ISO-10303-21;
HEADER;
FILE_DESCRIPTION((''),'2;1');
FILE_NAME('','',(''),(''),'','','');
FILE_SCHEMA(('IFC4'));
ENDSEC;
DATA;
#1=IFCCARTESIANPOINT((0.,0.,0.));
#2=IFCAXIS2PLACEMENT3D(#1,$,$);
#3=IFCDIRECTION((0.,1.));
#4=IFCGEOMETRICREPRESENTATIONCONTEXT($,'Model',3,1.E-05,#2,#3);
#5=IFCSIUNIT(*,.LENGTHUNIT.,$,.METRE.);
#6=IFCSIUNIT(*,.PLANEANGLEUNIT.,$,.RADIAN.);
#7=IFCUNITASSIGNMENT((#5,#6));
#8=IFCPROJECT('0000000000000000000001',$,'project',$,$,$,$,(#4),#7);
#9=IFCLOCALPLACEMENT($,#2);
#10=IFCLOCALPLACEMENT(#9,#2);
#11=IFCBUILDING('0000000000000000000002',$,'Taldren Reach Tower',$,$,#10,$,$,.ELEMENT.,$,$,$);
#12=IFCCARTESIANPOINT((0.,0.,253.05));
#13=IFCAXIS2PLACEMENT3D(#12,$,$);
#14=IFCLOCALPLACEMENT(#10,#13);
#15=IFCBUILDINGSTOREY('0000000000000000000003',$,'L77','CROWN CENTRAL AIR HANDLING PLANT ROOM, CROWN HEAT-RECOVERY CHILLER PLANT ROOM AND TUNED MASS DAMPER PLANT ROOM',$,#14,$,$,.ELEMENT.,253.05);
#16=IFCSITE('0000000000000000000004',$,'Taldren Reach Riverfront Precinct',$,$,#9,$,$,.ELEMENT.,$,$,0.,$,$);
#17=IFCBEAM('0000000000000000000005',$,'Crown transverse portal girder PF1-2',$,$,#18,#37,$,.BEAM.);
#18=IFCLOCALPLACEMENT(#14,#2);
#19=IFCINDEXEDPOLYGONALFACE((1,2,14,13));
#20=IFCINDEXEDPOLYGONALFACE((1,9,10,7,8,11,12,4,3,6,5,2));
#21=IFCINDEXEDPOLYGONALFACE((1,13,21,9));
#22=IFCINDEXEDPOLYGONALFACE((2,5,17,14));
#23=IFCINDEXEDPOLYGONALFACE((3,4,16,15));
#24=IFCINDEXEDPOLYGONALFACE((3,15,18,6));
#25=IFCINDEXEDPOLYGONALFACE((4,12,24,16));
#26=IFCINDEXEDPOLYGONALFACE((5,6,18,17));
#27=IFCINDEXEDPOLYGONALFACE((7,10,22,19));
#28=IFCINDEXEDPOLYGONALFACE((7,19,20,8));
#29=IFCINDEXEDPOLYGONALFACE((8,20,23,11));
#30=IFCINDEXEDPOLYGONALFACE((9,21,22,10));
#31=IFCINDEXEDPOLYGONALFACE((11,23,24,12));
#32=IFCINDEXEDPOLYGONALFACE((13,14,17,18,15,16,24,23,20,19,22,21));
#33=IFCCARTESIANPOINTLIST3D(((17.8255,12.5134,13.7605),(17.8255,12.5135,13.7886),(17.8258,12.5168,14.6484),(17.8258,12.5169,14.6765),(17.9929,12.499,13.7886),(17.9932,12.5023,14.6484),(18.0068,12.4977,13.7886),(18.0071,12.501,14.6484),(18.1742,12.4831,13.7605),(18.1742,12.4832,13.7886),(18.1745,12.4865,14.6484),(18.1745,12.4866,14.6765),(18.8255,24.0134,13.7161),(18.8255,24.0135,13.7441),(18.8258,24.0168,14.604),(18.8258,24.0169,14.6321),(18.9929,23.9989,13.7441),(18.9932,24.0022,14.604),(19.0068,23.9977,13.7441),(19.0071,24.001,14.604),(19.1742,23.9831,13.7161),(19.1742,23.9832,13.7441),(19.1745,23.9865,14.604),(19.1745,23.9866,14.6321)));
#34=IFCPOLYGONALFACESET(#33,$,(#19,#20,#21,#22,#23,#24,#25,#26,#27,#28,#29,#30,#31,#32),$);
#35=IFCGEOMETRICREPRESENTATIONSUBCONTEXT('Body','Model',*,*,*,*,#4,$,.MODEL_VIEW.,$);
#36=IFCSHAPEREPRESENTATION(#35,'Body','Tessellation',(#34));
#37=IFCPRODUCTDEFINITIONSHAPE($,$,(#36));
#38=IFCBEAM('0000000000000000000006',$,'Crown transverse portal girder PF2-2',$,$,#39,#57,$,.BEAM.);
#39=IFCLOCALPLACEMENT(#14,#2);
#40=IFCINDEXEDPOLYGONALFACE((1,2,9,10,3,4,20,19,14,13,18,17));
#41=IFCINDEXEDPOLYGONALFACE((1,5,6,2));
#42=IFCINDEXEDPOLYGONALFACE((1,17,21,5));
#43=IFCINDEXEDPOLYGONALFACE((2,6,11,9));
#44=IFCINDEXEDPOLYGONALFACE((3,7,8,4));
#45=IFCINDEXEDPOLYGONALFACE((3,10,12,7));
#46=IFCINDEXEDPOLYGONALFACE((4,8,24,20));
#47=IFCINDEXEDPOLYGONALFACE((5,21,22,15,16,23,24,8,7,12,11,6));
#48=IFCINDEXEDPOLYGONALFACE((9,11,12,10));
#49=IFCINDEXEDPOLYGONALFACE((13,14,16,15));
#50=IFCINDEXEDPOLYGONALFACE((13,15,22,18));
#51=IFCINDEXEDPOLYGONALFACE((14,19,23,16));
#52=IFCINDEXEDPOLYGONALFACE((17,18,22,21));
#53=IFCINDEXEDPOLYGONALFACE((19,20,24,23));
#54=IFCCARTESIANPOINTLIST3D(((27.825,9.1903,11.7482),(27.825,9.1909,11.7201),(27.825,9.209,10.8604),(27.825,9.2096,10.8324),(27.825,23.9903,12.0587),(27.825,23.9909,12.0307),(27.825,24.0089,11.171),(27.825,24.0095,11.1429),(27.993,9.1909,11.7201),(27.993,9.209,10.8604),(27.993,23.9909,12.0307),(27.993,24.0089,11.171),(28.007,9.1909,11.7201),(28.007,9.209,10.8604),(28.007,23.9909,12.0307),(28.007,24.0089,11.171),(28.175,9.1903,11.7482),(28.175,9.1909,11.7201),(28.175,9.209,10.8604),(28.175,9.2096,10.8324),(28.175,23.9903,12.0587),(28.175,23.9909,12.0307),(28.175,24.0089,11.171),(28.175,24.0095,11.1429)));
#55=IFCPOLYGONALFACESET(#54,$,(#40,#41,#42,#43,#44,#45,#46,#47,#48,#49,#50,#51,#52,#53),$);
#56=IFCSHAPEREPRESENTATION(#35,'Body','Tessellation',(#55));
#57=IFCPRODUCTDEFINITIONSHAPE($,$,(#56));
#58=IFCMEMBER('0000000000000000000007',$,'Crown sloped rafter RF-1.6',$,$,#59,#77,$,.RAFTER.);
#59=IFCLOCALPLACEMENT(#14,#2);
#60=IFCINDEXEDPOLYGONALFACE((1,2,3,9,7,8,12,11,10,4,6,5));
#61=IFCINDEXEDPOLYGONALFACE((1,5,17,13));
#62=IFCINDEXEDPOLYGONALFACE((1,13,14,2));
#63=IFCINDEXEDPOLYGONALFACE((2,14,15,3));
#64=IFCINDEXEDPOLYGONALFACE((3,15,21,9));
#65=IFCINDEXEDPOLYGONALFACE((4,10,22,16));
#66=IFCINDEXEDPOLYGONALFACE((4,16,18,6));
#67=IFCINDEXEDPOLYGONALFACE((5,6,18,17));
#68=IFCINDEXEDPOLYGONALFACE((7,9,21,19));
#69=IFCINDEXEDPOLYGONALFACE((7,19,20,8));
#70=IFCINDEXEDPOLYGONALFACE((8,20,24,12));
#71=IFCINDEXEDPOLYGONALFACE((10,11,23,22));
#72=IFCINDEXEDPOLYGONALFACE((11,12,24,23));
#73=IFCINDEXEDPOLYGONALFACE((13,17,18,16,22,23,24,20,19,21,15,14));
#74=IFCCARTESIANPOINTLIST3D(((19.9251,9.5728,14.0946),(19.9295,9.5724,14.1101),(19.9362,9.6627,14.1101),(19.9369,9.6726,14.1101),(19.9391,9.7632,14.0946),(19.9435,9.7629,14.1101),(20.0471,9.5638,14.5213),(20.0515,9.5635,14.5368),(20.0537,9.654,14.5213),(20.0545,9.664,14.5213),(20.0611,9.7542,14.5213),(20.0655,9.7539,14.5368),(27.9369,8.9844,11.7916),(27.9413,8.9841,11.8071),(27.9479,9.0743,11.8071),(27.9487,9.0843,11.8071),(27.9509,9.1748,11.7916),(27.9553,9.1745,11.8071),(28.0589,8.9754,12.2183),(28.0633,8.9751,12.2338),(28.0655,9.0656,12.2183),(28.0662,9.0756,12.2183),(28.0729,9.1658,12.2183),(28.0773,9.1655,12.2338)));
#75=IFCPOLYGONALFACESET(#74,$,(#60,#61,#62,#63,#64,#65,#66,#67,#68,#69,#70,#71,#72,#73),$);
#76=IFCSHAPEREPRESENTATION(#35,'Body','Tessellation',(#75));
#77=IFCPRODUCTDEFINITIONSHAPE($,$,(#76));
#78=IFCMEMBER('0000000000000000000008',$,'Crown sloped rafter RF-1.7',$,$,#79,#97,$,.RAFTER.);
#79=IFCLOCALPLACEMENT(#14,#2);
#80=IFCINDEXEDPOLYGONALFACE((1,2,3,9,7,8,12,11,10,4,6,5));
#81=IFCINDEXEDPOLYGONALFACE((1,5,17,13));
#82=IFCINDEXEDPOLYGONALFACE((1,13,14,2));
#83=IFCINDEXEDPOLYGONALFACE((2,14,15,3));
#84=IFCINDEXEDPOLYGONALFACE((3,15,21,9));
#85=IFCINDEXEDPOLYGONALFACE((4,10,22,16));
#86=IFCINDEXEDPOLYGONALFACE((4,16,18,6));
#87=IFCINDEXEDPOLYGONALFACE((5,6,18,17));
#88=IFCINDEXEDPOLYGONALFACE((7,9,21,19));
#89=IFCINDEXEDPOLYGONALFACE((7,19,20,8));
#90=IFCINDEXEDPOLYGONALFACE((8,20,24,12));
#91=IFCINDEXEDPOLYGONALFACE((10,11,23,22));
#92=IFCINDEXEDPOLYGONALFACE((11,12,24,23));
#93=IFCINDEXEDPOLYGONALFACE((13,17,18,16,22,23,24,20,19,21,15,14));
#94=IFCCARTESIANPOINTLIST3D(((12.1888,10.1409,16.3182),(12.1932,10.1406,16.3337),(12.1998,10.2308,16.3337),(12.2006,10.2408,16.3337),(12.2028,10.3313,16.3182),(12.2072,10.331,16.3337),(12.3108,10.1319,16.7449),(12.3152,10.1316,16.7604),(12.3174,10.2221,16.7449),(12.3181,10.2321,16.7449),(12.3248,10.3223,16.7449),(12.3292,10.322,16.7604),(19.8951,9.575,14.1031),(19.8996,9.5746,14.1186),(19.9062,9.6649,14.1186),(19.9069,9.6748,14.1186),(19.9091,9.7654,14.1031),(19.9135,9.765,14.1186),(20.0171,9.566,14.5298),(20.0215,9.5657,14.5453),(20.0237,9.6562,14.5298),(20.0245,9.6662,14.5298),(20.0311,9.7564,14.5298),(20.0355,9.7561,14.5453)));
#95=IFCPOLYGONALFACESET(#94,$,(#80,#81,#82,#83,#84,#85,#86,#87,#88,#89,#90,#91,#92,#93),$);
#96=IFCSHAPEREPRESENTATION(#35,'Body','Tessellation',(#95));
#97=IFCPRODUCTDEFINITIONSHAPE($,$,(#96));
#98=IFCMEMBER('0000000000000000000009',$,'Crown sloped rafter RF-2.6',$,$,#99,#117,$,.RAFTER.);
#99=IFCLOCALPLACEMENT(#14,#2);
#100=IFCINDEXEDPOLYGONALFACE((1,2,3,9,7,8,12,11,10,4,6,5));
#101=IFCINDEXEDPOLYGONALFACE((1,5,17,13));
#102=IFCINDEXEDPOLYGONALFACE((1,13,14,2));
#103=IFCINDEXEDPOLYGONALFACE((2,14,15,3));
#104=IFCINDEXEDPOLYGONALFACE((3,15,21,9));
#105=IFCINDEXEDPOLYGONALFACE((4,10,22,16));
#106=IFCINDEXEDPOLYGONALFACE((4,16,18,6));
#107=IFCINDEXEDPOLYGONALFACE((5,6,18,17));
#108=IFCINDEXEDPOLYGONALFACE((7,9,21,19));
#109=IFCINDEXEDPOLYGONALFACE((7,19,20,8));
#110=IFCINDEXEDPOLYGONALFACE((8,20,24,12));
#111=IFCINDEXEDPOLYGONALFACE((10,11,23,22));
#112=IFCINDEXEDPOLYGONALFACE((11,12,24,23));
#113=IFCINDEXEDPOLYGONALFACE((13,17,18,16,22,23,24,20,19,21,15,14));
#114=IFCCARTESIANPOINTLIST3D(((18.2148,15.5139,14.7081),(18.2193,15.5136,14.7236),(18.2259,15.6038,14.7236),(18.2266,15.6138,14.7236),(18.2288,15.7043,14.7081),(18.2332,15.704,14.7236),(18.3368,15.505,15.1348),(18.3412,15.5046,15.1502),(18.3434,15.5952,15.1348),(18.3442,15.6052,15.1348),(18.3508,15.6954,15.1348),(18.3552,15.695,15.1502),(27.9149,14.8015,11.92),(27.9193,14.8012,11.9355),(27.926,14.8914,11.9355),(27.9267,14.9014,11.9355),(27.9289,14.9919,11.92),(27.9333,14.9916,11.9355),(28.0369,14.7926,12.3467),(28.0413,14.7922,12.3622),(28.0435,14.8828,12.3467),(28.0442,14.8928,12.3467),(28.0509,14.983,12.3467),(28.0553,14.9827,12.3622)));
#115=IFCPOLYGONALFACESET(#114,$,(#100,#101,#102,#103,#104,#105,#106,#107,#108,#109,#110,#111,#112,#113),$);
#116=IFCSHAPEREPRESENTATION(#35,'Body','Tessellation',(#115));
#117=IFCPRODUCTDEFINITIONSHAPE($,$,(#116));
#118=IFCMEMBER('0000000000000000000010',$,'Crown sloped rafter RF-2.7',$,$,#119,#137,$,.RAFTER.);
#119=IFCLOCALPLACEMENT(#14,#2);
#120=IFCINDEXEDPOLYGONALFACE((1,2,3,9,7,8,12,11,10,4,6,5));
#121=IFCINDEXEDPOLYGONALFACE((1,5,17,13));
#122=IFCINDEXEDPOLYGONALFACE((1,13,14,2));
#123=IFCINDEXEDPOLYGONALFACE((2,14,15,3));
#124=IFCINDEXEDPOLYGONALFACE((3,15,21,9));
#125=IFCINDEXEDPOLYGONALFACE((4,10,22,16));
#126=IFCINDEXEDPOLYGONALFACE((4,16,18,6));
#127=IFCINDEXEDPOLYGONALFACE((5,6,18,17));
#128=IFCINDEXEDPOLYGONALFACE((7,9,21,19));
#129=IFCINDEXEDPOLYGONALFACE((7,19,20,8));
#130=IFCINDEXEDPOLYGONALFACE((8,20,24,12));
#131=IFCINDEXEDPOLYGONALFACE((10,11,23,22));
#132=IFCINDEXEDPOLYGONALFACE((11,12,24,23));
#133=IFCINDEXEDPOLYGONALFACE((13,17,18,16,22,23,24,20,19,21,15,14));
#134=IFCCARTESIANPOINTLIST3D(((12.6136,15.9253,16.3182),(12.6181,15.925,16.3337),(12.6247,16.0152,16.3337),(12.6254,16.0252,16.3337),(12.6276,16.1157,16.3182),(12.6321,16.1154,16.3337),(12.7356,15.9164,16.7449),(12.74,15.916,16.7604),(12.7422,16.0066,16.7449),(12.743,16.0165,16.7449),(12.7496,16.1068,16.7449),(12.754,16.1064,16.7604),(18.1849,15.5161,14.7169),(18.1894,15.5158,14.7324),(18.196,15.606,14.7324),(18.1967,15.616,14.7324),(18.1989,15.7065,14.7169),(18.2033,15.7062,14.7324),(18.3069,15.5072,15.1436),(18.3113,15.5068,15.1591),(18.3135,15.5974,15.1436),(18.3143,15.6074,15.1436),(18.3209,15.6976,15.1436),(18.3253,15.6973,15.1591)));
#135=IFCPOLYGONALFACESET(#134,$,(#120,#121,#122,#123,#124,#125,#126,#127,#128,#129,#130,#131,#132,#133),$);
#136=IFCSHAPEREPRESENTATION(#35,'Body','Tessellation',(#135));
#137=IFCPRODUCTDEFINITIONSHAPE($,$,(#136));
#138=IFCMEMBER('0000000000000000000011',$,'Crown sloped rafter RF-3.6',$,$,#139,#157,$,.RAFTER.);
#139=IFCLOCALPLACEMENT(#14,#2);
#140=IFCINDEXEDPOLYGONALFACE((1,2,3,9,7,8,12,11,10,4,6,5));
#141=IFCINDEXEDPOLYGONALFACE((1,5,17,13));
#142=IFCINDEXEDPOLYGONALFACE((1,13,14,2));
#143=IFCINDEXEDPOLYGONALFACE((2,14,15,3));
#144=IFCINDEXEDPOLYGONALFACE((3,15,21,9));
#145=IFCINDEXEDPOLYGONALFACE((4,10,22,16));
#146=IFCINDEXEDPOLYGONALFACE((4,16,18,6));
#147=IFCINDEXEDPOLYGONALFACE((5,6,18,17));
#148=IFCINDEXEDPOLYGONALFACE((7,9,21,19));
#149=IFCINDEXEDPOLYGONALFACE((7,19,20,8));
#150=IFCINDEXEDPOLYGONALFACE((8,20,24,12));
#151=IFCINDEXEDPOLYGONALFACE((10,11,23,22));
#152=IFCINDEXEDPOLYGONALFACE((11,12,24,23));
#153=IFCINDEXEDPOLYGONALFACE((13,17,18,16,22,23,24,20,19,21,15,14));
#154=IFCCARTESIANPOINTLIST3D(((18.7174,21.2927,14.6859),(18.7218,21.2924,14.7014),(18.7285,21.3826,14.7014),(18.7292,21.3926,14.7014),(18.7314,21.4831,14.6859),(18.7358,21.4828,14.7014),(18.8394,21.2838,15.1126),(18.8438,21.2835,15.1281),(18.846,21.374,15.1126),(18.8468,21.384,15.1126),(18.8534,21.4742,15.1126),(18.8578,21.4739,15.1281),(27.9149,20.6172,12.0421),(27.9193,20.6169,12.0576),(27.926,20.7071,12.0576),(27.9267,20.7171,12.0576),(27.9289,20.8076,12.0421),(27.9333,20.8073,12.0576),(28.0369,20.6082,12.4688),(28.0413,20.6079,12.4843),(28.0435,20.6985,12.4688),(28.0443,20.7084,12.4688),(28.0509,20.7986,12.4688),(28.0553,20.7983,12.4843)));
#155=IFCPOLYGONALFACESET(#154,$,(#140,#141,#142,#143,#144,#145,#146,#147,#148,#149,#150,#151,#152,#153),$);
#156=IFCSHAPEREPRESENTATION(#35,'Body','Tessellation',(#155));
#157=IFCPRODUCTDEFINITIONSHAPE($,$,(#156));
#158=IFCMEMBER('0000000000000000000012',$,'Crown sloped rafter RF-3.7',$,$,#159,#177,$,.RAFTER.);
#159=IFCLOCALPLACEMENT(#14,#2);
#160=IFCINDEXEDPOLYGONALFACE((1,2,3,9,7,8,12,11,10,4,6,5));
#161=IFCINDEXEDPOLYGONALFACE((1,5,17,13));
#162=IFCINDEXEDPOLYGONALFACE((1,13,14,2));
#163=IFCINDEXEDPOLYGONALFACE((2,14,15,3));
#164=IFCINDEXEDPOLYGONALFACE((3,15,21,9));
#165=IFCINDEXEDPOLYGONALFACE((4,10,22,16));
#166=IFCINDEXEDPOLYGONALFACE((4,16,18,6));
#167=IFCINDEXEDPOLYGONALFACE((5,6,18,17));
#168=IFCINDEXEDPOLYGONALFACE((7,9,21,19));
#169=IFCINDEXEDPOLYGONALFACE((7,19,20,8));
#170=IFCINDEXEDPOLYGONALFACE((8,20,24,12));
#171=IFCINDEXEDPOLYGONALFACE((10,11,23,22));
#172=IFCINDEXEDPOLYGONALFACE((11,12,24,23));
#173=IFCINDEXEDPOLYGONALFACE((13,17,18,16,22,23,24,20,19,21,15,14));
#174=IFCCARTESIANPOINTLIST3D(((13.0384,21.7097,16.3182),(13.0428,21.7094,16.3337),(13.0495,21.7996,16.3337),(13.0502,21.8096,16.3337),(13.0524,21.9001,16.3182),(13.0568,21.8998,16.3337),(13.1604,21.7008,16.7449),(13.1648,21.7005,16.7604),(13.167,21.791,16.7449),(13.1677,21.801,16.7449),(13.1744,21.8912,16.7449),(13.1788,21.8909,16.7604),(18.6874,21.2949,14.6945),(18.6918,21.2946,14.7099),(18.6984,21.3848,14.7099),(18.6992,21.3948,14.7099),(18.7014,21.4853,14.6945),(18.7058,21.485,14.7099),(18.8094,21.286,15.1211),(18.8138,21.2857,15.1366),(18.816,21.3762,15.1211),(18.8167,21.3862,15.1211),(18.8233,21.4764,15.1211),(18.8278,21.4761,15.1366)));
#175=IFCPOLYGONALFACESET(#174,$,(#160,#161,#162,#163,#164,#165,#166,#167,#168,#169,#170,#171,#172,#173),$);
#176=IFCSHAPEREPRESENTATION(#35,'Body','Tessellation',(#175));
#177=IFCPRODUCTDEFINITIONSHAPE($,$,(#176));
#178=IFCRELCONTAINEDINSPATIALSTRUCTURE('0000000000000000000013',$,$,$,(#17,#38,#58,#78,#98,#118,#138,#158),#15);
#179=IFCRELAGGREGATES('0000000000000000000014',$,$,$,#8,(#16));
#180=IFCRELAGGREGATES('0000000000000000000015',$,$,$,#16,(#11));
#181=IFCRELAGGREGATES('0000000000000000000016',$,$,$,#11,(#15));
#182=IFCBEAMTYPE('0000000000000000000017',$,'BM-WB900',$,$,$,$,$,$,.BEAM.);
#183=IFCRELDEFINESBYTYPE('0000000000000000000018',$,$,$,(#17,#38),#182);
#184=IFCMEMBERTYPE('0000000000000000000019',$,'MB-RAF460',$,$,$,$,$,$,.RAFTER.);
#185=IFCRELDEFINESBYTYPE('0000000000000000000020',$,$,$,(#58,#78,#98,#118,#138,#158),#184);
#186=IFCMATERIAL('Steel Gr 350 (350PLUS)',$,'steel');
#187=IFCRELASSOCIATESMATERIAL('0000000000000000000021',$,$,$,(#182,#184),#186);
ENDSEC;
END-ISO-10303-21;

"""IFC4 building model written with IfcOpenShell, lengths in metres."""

from ifc_helpers import new_model, si_unit, direction, frame, origin, origin_2d, place, context, subcontext, project, spatial, i_section, extrude, source, transform, mapped, material, material_profile, profile_set, type_object, element, save


model = new_model("IFC4")

# Units and contexts
model_context = context("Model", 3, precision=1e-05, world=origin(), true_north=direction((0.0, 1.0)))
body_context = subcontext(model_context, "Body", "Model", "MODEL_VIEW")
ifc_project = project(units=[si_unit("LENGTHUNIT", "METRE"), si_unit("PLANEANGLEUNIT", "RADIAN")], contexts=[model_context])

# Site, building, storey
site_placement = place(None, origin())
site = spatial("IfcSite", under=ifc_project, at=site_placement, Name="Taldren Reach Riverfront Precinct", CompositionType="ELEMENT", RefElevation=0.0)
building_placement = place(site_placement, origin())
building = spatial("IfcBuilding", under=site, at=building_placement, Name="Taldren Reach Tower", CompositionType="ELEMENT")
storey_placement = place(building_placement, frame((0.0, 0.0, 253.05)))
storey = spatial("IfcBuildingStorey", under=building, at=storey_placement, Name="L77", Description="CROWN CENTRAL AIR HANDLING PLANT ROOM, CROWN HEAT-RECOVERY CHILLER PLANT ROOM AND TUNED MASS DAMPER PLANT ROOM", CompositionType="ELEMENT", Elevation=253.05)

# Shared definitions
ifc_material_1 = material(Name="Steel Gr 350 (350PLUS)", Category="steel")

# Beams
ifc_material_profile_1 = material_profile(ifc_material_1, i_section(OverallWidth=0.3501, OverallDepth=0.916, WebThickness=0.0139, FlangeThickness=0.0281, at=origin_2d()), Name="900WB257")
ifc_profile_set_1 = profile_set([ifc_material_profile_1], Name="Steel Gr 350 (350PLUS)")
beam_type_1 = type_object("IfcBeamType", Name="BM-WB900", PredefinedType="BEAM", material=ifc_profile_set_1)
shared_shape_1 = source(origin(), body_context, "Body", "SweptSolid", [
    extrude(i_section(OverallWidth=0.3501, OverallDepth=0.916, WebThickness=0.0139, FlangeThickness=0.0281, at=origin_2d()), origin(), (0.0, 0.0, 1.0), 11.5435),
])
beam_1_placement = place(storey_placement, frame((18.0, 12.5, 14.2185), z_axis=(0.086629, 0.996233, -0.003849), x_axis=(-0.996241, 0.08663, 0.0)))
element("IfcBeam", 1, at=beam_1_placement, inside=storey, type_object=beam_type_1, Name="Crown transverse portal girder PF1-2", PredefinedType="BEAM", context=body_context, shape_type="MappedRepresentation", body=[
    mapped(shared_shape_1, transform((0.0, 0.0, 0.0), scale=1.0)),
])
shared_shape_2 = source(origin(), body_context, "Body", "SweptSolid", [
    extrude(i_section(OverallWidth=0.3501, OverallDepth=0.916, WebThickness=0.0139, FlangeThickness=0.0281, at=origin_2d()), origin(), (0.0, 0.0, 1.0), 14.8032),
])
beam_2_placement = place(storey_placement, frame((28.0, 9.2, 11.2903), z_axis=(0.0, 0.99978, 0.020978), x_axis=(-1.0, 0.0, 0.0)))
element("IfcBeam", 2, at=beam_2_placement, inside=storey, type_object=beam_type_1, Name="Crown transverse portal girder PF2-2", PredefinedType="BEAM", context=body_context, shape_type="MappedRepresentation", body=[
    mapped(shared_shape_2, transform((0.0, 0.0, 0.0), scale=1.0)),
])

# Members
ifc_material_profile_2 = material_profile(ifc_material_1, i_section(OverallWidth=0.1909, OverallDepth=0.46, WebThickness=0.01, FlangeThickness=0.0161, at=origin_2d()), Name="460UB82.1")
ifc_profile_set_2 = profile_set([ifc_material_profile_2], Name="Steel Gr 350 (350PLUS)")
member_type_1 = type_object("IfcMemberType", Name="MB-RAF460", PredefinedType="RAFTER", material=ifc_profile_set_2)
shared_shape_3 = source(origin(), body_context, "Body", "SweptSolid", [
    extrude(i_section(OverallWidth=0.1909, OverallDepth=0.46, WebThickness=0.01, FlangeThickness=0.0161, at=origin_2d()), origin(), (0.0, 0.0, 1.0), 8.3569),
])
member_1_placement = place(storey_placement, frame((28.0071, 9.075, 12.0127), z_axis=(-0.958697, 0.070406, 0.275579), x_axis=(-0.073243, -0.997314, 0.0)))
element("IfcMember", 3, at=member_1_placement, inside=storey, type_object=member_type_1, Name="Crown sloped rafter RF-1.6", PredefinedType="RAFTER", context=body_context, shape_type="MappedRepresentation", body=[
    mapped(shared_shape_3, transform((0.0, 0.0, 0.0), scale=1.0)),
])
shared_shape_4 = source(origin(), body_context, "Body", "SweptSolid", [
    extrude(i_section(OverallWidth=0.1909, OverallDepth=0.46, WebThickness=0.01, FlangeThickness=0.0161, at=origin_2d()), origin(), (0.0, 0.0, 1.0), 8.0383),
])
member_2_placement = place(storey_placement, frame((19.9653, 9.6655, 14.3242), z_axis=(-0.9587, 0.070403, 0.275567), x_axis=(-0.073239, -0.997314, 0.0)))
element("IfcMember", 4, at=member_2_placement, inside=storey, type_object=member_type_1, Name="Crown sloped rafter RF-1.7", PredefinedType="RAFTER", context=body_context, shape_type="MappedRepresentation", body=[
    mapped(shared_shape_4, transform((0.0, 0.0, 0.0), scale=1.0)),
])
shared_shape_5 = source(origin(), body_context, "Body", "SweptSolid", [
    extrude(i_section(OverallWidth=0.1909, OverallDepth=0.46, WebThickness=0.01, FlangeThickness=0.0161, at=origin_2d()), origin(), (0.0, 0.0, 1.0), 10.1179),
])
member_3_placement = place(storey_placement, frame((27.9851, 14.8921, 12.1411), z_axis=(-0.958703, 0.070409, 0.275556), x_axis=(-0.073245, -0.997314, 0.0)))
element("IfcMember", 5, at=member_3_placement, inside=storey, type_object=member_type_1, Name="Crown sloped rafter RF-2.6", PredefinedType="RAFTER", context=body_context, shape_type="MappedRepresentation", body=[
    mapped(shared_shape_5, transform((0.0, 0.0, 0.0), scale=1.0)),
])
shared_shape_6 = source(origin(), body_context, "Body", "SweptSolid", [
    extrude(i_section(OverallWidth=0.1909, OverallDepth=0.46, WebThickness=0.01, FlangeThickness=0.0161, at=origin_2d()), origin(), (0.0, 0.0, 1.0), 5.8113),
])
member_4_placement = place(storey_placement, frame((18.2551, 15.6067, 14.938), z_axis=(-0.958703, 0.070411, 0.275554), x_axis=(-0.073247, -0.997314, 0.0)))
element("IfcMember", 6, at=member_4_placement, inside=storey, type_object=member_type_1, Name="Crown sloped rafter RF-2.7", PredefinedType="RAFTER", context=body_context, shape_type="MappedRepresentation", body=[
    mapped(shared_shape_6, transform((0.0, 0.0, 0.0), scale=1.0)),
])
shared_shape_7 = source(origin(), body_context, "Body", "SweptSolid", [
    extrude(i_section(OverallWidth=0.1909, OverallDepth=0.46, WebThickness=0.01, FlangeThickness=0.0161, at=origin_2d()), origin(), (0.0, 0.0, 1.0), 9.5938),
])
member_5_placement = place(storey_placement, frame((27.9851, 20.7078, 12.2632), z_axis=(-0.958697, 0.070414, 0.275575), x_axis=(-0.073251, -0.997314, 0.0)))
element("IfcMember", 7, at=member_5_placement, inside=storey, type_object=member_type_1, Name="Crown sloped rafter RF-3.6", PredefinedType="RAFTER", context=body_context, shape_type="MappedRepresentation", body=[
    mapped(shared_shape_7, transform((0.0, 0.0, 0.0), scale=1.0)),
])
shared_shape_8 = source(origin(), body_context, "Body", "SweptSolid", [
    extrude(i_section(OverallWidth=0.1909, OverallDepth=0.46, WebThickness=0.01, FlangeThickness=0.0161, at=origin_2d()), origin(), (0.0, 0.0, 1.0), 5.8923),
])
member_6_placement = place(storey_placement, frame((18.7576, 21.3855, 14.9155), z_axis=(-0.958698, 0.070396, 0.275577), x_axis=(-0.073232, -0.997315, 0.0)))
element("IfcMember", 8, at=member_6_placement, inside=storey, type_object=member_type_1, Name="Crown sloped rafter RF-3.7", PredefinedType="RAFTER", context=body_context, shape_type="MappedRepresentation", body=[
    mapped(shared_shape_8, transform((0.0, 0.0, 0.0), scale=1.0)),
])

save(model, "model.ifc")
